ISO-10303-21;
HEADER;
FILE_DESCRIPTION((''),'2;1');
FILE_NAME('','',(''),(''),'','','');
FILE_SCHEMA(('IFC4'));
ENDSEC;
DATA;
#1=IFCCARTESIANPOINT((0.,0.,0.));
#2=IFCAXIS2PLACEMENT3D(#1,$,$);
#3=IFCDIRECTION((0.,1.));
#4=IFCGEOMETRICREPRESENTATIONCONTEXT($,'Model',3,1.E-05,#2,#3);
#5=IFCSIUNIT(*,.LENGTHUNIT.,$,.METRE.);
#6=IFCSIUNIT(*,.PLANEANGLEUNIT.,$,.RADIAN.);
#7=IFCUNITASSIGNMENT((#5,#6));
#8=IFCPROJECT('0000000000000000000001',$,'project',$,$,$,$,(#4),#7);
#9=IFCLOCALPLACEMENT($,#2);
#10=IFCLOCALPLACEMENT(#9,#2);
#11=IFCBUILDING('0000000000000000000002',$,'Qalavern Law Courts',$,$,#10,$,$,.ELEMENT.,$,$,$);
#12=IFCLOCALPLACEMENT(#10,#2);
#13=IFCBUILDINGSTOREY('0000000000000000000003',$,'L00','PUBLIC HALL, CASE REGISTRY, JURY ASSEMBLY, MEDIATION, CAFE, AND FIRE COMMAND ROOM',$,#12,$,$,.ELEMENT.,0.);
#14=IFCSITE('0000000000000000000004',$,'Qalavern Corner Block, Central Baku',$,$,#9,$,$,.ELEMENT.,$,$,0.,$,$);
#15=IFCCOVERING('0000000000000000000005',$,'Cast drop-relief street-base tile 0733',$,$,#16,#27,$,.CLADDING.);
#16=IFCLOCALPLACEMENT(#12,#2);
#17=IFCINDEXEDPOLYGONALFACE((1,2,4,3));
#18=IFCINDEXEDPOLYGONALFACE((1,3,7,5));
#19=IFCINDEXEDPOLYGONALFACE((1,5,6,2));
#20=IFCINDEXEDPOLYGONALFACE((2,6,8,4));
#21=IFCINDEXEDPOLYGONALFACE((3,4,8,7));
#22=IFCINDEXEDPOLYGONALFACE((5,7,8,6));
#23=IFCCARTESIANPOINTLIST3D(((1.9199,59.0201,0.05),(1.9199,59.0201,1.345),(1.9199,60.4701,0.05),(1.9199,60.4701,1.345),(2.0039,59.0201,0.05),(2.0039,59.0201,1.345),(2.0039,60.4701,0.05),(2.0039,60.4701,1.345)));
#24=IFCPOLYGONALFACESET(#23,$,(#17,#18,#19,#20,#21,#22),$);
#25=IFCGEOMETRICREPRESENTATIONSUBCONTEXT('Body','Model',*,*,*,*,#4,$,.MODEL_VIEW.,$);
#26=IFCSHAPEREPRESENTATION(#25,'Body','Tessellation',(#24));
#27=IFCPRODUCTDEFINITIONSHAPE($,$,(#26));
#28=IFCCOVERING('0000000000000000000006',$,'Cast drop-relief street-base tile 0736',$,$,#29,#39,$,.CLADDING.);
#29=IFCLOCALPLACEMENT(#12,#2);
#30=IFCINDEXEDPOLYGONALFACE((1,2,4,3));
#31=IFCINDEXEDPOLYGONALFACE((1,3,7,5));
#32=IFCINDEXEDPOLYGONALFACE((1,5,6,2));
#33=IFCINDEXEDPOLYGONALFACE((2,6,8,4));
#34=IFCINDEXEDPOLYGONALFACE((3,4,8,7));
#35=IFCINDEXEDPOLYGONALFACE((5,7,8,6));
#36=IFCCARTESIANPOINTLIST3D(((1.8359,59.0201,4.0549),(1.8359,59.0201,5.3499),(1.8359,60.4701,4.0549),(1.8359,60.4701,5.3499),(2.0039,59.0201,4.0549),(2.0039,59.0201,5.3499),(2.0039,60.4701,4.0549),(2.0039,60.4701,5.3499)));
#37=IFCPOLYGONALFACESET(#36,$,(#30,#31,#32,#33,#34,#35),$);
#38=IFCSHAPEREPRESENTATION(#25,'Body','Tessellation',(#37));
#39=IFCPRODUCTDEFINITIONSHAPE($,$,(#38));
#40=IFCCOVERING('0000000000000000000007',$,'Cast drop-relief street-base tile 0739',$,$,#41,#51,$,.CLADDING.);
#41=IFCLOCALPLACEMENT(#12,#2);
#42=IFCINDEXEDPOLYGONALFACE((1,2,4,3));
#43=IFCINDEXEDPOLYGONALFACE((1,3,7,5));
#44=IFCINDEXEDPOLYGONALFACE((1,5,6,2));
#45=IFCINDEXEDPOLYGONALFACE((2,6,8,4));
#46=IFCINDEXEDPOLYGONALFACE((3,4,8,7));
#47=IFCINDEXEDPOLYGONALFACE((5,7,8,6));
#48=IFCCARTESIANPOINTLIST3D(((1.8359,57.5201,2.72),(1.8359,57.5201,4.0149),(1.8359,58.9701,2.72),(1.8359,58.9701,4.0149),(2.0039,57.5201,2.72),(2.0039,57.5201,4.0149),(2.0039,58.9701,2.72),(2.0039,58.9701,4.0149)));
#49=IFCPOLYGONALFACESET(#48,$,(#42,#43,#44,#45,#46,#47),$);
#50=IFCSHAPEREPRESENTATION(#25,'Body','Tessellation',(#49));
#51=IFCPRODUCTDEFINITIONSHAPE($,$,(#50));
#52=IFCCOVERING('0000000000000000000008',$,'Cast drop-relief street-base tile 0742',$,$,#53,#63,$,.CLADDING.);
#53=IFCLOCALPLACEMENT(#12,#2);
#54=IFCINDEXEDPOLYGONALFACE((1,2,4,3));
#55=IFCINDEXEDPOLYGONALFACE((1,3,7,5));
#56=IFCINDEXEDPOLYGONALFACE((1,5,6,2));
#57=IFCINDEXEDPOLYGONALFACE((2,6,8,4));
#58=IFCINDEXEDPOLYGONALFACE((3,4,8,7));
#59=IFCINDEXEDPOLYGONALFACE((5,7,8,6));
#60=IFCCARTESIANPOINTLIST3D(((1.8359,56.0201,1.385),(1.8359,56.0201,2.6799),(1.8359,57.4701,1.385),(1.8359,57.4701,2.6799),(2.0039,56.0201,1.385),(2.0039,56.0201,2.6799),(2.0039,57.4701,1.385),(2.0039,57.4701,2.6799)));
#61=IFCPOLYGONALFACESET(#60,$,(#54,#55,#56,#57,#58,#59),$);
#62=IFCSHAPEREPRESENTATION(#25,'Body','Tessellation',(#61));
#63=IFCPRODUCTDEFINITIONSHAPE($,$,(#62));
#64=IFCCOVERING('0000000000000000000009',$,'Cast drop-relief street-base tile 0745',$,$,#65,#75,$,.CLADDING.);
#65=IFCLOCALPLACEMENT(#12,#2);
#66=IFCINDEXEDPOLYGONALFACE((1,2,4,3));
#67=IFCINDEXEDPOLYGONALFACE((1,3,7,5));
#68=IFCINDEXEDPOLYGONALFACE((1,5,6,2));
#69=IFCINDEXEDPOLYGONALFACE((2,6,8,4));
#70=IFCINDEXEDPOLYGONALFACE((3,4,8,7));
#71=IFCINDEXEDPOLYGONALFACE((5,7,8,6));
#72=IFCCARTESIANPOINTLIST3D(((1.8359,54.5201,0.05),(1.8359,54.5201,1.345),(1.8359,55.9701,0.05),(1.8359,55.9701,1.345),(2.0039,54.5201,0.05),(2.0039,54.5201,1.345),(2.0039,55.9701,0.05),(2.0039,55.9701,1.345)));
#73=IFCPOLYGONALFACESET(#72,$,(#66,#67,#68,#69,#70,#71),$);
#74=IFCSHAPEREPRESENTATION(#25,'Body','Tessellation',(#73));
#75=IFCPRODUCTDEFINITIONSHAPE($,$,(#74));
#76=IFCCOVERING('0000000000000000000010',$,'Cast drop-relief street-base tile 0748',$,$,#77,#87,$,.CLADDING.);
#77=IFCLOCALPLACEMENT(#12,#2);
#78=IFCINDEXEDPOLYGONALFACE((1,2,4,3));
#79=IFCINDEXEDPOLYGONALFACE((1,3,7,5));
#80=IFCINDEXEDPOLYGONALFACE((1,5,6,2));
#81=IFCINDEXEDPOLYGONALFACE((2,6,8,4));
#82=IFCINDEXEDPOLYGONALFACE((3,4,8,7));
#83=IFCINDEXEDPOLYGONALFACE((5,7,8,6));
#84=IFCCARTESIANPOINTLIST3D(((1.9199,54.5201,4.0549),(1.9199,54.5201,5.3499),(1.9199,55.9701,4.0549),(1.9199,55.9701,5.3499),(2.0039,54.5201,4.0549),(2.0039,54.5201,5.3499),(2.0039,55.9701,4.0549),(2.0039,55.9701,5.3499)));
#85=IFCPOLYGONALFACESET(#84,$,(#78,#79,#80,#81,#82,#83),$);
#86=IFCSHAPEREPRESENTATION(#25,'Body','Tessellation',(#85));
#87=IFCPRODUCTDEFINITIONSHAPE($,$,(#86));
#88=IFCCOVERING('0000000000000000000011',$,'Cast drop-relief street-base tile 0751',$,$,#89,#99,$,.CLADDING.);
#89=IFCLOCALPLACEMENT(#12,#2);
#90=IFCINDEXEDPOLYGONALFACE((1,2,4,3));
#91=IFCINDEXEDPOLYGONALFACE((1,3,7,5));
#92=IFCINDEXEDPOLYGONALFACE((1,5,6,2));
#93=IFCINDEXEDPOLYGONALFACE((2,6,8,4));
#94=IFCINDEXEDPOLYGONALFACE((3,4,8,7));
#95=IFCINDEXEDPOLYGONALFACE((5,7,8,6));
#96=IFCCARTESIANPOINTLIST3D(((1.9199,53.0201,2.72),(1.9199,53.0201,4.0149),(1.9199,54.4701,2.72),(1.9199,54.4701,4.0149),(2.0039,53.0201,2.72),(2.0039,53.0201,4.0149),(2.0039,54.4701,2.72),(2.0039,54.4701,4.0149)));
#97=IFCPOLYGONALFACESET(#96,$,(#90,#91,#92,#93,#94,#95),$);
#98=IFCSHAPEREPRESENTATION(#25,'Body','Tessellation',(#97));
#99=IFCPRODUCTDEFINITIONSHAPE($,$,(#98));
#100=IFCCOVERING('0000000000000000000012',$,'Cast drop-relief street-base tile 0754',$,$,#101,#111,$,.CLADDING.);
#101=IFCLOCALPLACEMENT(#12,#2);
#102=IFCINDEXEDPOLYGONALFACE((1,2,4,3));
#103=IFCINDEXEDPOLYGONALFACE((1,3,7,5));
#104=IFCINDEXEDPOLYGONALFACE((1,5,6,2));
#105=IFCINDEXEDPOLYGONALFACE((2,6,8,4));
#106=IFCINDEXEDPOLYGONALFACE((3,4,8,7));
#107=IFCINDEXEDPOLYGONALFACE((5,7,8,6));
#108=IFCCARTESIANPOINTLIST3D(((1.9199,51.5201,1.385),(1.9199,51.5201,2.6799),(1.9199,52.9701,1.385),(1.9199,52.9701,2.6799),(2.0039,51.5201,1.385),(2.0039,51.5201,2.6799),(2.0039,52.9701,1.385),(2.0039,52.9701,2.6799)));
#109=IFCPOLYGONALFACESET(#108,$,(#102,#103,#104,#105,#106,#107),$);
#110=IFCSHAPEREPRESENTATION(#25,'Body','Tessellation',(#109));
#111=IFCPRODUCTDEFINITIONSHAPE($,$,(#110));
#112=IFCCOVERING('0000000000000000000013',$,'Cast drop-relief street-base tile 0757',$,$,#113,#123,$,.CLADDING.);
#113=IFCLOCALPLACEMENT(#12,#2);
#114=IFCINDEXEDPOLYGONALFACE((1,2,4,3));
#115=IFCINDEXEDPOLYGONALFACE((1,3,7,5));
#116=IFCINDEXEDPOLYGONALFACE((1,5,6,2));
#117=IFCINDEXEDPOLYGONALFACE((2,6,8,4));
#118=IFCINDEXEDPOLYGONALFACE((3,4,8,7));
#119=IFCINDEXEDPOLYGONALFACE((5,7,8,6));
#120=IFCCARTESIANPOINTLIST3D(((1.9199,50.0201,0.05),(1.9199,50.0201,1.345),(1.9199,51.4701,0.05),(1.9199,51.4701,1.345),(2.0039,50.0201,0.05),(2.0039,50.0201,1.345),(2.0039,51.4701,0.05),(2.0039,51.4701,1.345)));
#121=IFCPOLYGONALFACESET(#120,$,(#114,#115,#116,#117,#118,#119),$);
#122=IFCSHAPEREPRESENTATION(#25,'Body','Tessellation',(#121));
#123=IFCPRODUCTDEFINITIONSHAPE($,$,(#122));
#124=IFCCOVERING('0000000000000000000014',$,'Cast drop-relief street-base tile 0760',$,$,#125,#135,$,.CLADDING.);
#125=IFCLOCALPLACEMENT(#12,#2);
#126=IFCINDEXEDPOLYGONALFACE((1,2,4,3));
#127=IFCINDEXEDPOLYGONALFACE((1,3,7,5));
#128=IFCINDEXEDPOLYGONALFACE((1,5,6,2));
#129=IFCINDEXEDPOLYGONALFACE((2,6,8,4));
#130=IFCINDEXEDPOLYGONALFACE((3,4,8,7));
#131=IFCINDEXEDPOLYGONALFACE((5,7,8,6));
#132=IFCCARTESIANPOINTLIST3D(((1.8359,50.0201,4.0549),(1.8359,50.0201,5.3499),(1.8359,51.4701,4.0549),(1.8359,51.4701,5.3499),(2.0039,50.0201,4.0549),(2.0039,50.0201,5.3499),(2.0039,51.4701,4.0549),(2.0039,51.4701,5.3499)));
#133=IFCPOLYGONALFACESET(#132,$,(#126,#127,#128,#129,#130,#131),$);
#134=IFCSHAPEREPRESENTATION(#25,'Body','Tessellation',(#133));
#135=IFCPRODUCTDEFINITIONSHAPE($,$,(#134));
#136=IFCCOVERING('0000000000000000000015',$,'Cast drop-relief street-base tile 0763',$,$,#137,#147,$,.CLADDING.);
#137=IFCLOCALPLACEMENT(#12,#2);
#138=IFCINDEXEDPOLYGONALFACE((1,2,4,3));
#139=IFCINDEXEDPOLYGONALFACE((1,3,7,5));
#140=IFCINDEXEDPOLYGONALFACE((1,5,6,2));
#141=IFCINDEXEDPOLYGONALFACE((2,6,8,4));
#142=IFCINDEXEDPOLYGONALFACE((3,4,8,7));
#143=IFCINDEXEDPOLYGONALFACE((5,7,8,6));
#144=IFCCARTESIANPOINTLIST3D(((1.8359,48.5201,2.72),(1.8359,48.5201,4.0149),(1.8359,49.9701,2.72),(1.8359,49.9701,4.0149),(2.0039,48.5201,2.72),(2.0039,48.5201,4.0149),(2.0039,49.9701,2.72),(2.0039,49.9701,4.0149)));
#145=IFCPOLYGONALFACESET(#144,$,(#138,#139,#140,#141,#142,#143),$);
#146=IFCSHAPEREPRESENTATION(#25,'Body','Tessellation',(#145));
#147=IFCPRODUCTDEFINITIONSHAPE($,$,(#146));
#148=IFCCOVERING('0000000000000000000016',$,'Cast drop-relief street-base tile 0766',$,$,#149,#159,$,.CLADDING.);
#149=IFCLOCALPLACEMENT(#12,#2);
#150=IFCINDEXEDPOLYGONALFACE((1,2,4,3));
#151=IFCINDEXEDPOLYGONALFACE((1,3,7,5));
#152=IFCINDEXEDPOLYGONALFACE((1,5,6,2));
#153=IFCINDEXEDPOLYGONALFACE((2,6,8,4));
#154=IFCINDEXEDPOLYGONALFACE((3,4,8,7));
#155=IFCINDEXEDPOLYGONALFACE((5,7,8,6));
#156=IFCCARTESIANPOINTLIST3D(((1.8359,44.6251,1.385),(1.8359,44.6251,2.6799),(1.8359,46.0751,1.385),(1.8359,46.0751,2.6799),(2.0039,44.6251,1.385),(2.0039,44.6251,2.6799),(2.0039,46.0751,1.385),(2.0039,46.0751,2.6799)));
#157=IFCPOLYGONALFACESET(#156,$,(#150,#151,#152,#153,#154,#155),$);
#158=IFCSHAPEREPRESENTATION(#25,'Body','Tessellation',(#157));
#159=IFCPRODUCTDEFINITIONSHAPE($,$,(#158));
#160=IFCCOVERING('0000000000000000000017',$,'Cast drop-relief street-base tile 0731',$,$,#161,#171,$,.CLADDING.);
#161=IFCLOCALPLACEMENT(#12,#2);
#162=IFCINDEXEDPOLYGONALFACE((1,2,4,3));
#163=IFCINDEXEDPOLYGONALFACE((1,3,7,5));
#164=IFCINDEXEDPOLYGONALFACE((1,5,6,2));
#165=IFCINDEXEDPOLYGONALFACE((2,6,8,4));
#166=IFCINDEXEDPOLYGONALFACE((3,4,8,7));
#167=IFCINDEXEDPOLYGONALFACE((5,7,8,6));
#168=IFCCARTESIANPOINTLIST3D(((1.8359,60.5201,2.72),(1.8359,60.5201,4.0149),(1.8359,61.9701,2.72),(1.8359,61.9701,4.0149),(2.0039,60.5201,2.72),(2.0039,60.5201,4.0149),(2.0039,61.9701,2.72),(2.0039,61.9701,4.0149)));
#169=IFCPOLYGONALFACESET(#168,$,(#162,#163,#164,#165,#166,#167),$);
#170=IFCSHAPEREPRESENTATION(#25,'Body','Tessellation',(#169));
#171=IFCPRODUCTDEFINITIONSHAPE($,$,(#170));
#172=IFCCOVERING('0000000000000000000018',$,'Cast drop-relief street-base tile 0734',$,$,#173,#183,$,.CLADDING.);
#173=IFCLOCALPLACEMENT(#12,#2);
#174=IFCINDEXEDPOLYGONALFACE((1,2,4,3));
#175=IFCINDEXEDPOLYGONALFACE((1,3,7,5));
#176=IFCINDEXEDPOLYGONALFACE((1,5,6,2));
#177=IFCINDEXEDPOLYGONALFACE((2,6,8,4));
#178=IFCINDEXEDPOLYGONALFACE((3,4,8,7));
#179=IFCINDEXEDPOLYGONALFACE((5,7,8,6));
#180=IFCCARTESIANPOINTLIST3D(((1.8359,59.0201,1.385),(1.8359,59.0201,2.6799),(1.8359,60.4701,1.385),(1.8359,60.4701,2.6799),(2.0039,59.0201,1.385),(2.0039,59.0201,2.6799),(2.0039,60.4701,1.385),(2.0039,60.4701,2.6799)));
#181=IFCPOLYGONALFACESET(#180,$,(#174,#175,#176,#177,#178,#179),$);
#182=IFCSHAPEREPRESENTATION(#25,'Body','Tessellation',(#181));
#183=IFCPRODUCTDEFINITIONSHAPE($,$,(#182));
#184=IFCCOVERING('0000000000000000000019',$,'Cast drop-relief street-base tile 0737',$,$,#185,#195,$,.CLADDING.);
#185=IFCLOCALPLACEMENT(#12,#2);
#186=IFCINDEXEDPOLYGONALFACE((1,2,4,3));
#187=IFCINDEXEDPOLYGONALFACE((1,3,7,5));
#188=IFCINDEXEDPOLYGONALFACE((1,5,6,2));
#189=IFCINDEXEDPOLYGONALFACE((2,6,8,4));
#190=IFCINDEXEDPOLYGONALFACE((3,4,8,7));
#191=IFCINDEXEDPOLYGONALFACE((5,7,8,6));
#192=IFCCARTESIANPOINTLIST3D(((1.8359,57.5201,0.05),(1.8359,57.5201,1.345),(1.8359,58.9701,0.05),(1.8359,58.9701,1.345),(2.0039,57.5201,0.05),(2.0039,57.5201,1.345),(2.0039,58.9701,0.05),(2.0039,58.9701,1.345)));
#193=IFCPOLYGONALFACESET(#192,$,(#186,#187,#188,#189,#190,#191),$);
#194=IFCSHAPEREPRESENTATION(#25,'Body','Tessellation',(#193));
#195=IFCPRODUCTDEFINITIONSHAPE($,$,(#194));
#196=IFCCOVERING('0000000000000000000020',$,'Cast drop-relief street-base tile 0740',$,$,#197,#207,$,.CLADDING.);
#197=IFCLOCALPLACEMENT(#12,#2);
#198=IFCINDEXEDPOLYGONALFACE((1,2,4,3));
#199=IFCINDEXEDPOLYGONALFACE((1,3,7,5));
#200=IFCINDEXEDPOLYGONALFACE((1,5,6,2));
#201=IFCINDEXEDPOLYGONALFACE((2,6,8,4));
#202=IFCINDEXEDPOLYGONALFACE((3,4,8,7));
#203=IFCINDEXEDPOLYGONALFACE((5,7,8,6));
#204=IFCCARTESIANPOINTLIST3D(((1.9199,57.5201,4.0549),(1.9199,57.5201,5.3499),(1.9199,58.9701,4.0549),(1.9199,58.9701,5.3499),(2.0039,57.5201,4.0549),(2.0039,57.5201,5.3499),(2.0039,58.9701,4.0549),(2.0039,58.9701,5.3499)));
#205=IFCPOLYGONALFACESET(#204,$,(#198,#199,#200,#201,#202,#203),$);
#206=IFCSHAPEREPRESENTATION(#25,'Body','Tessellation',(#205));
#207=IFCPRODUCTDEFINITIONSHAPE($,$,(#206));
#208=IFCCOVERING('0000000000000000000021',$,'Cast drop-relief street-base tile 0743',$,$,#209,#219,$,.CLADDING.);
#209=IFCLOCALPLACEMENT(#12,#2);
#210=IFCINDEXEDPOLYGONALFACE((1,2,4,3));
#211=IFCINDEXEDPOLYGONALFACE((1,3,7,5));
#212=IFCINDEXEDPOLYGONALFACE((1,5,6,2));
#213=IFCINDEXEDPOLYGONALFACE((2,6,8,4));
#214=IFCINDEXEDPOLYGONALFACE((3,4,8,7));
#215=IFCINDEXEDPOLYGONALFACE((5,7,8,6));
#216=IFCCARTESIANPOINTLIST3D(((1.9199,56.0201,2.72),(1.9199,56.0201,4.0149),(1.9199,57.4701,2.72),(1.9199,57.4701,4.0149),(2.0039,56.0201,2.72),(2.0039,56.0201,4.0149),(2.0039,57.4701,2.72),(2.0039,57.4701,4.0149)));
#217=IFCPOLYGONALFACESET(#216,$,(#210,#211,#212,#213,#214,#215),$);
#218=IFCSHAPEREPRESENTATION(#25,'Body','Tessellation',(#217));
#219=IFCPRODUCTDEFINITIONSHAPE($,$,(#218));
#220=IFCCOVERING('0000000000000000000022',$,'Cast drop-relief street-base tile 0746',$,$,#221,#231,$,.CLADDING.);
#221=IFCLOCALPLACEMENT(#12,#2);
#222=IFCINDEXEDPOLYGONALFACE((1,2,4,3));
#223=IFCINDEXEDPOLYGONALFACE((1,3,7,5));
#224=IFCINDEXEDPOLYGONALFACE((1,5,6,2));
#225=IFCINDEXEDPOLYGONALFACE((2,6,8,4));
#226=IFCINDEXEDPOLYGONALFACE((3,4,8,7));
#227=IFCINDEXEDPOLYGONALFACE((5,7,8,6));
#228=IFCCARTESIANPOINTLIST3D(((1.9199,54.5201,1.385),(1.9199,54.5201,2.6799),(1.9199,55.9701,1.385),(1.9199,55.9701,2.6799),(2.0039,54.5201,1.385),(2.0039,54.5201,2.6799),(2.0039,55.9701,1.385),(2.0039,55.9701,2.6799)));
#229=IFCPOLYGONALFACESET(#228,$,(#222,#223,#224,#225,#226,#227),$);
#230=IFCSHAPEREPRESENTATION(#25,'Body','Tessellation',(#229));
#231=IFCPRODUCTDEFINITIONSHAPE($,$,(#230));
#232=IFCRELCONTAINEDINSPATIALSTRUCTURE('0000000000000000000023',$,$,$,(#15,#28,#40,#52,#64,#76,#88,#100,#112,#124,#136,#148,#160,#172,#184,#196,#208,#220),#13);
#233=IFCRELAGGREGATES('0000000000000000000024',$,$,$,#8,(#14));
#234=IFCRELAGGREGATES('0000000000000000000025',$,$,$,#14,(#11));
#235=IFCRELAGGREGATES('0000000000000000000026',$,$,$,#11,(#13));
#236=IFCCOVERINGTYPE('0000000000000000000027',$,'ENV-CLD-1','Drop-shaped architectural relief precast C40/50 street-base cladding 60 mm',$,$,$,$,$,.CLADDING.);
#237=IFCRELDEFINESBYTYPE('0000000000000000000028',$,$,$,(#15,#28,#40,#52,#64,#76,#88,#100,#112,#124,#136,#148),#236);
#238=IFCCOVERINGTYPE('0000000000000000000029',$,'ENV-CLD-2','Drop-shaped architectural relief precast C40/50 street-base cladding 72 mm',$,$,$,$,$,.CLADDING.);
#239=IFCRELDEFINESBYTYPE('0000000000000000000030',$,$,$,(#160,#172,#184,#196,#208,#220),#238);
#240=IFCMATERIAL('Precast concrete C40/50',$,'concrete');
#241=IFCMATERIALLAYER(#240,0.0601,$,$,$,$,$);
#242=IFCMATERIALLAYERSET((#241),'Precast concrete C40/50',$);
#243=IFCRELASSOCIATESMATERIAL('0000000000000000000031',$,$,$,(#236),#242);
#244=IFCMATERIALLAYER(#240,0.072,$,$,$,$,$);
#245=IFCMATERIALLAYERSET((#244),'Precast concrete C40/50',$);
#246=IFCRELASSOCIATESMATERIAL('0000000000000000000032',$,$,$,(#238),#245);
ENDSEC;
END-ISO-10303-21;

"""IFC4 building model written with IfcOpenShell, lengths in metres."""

from ifc_helpers import new_model, si_unit, direction, frame, origin, origin_2d, place, context, subcontext, project, spatial, rectangle, extrude, material, layer, layer_set, type_object, element, save


model = new_model("IFC4")

# Units and contexts
model_context = context("Model", 3, precision=1e-05, world=origin(), true_north=direction((0.0, 1.0)))
body_context = subcontext(model_context, "Body", "Model", "MODEL_VIEW")
ifc_project = project(units=[si_unit("LENGTHUNIT", "METRE"), si_unit("PLANEANGLEUNIT", "RADIAN")], contexts=[model_context])

# Site, building, storey
site_placement = place(None, origin())
site = spatial("IfcSite", under=ifc_project, at=site_placement, Name="Qalavern Corner Block, Central Baku", CompositionType="ELEMENT", RefElevation=0.0)
building_placement = place(site_placement, origin())
building = spatial("IfcBuilding", under=site, at=building_placement, Name="Qalavern Law Courts", CompositionType="ELEMENT")
storey_placement = place(building_placement, origin())
storey = spatial("IfcBuildingStorey", under=building, at=storey_placement, Name="L00", Description="PUBLIC HALL, CASE REGISTRY, JURY ASSEMBLY, MEDIATION, CAFE, AND FIRE COMMAND ROOM", CompositionType="ELEMENT", Elevation=0.0)

# Coverings
ifc_material = material(Name="Precast concrete C40/50", Category="concrete")
ifc_layer_1 = layer(ifc_material, 0.0601)
ifc_layer_set_1 = layer_set([ifc_layer_1], Name="Precast concrete C40/50")
covering_type_1 = type_object("IfcCoveringType", Name="ENV-CLD-1", Description="Drop-shaped architectural relief precast C40/50 street-base cladding 60 mm", PredefinedType="CLADDING", material=ifc_layer_set_1)
covering_1_placement = place(storey_placement, frame((1.9619, 59.7451, 0.05), z_axis=(0.0, 0.0, 1.0), x_axis=(0.0, -1.0, 0.0)))
element("IfcCovering", 1, at=covering_1_placement, inside=storey, type_object=covering_type_1, Name="Cast drop-relief street-base tile 0733", PredefinedType="CLADDING", context=body_context, shape_type="SweptSolid", body=[
    extrude(rectangle(XDim=1.45, YDim=0.084, at=origin_2d()), origin(), (0.0, 0.0, 1.0), 1.2949),
])
for number, where, z_axis, x_axis, name in (
    (2, (1.9199, 59.7451, 4.0549), (0.0, 0.0, 1.0), (0.0, -1.0, 0.0), "Cast drop-relief street-base tile 0736"),
    (3, (1.9199, 58.2451, 2.72), (0.0, 0.0, 1.0), (0.0, -1.0, 0.0), "Cast drop-relief street-base tile 0739"),
    (4, (1.9199, 56.7451, 1.385), (0.0, 0.0, 1.0), (0.0, -1.0, 0.0), "Cast drop-relief street-base tile 0742"),
    (5, (1.9199, 55.2451, 0.05), (0.0, 0.0, 1.0), (0.0, -1.0, 0.0), "Cast drop-relief street-base tile 0745"),
):
    element("IfcCovering", number, at=place(storey_placement, frame(where, z_axis=z_axis, x_axis=x_axis)), inside=storey, type_object=covering_type_1, Name=name, PredefinedType="CLADDING", context=body_context, shape_type="SweptSolid", body=[
        extrude(rectangle(XDim=1.45, YDim=0.168, at=origin_2d()), origin(), (0.0, 0.0, 1.0), 1.2949),
    ])
for number, where, z_axis, x_axis, name in (
    (6, (1.9619, 55.2451, 4.0549), (0.0, 0.0, 1.0), (0.0, -1.0, 0.0), "Cast drop-relief street-base tile 0748"),
    (7, (1.9619, 53.7451, 2.72), (0.0, 0.0, 1.0), (0.0, -1.0, 0.0), "Cast drop-relief street-base tile 0751"),
    (8, (1.9619, 52.2451, 1.385), (0.0, 0.0, 1.0), (0.0, -1.0, 0.0), "Cast drop-relief street-base tile 0754"),
    (9, (1.9619, 50.7451, 0.05), (0.0, 0.0, 1.0), (0.0, -1.0, 0.0), "Cast drop-relief street-base tile 0757"),
):
    element("IfcCovering", number, at=place(storey_placement, frame(where, z_axis=z_axis, x_axis=x_axis)), inside=storey, type_object=covering_type_1, Name=name, PredefinedType="CLADDING", context=body_context, shape_type="SweptSolid", body=[
        extrude(rectangle(XDim=1.45, YDim=0.084, at=origin_2d()), origin(), (0.0, 0.0, 1.0), 1.2949),
    ])
for number, where, z_axis, x_axis, name in (
    (10, (1.9199, 50.7451, 4.0549), (0.0, 0.0, 1.0), (0.0, -1.0, 0.0), "Cast drop-relief street-base tile 0760"),
    (11, (1.9199, 49.2451, 2.72), (0.0, 0.0, 1.0), (0.0, -1.0, 0.0), "Cast drop-relief street-base tile 0763"),
    (12, (1.9199, 45.3501, 1.385), (0.0, 0.0, 1.0), (0.0, -1.0, 0.0), "Cast drop-relief street-base tile 0766"),
):
    element("IfcCovering", number, at=place(storey_placement, frame(where, z_axis=z_axis, x_axis=x_axis)), inside=storey, type_object=covering_type_1, Name=name, PredefinedType="CLADDING", context=body_context, shape_type="SweptSolid", body=[
        extrude(rectangle(XDim=1.45, YDim=0.168, at=origin_2d()), origin(), (0.0, 0.0, 1.0), 1.2949),
    ])
ifc_layer_2 = layer(ifc_material, 0.072)
ifc_layer_set_2 = layer_set([ifc_layer_2], Name="Precast concrete C40/50")
covering_type_2 = type_object("IfcCoveringType", Name="ENV-CLD-2", Description="Drop-shaped architectural relief precast C40/50 street-base cladding 72 mm", PredefinedType="CLADDING", material=ifc_layer_set_2)
for number, where, z_axis, x_axis, name in (
    (13, (1.9199, 61.2451, 2.72), (0.0, 0.0, 1.0), (0.0, -1.0, 0.0), "Cast drop-relief street-base tile 0731"),
    (14, (1.9199, 59.7451, 1.385), (0.0, 0.0, 1.0), (0.0, -1.0, 0.0), "Cast drop-relief street-base tile 0734"),
    (15, (1.9199, 58.2451, 0.05), (0.0, 0.0, 1.0), (0.0, -1.0, 0.0), "Cast drop-relief street-base tile 0737"),
):
    element("IfcCovering", number, at=place(storey_placement, frame(where, z_axis=z_axis, x_axis=x_axis)), inside=storey, type_object=covering_type_2, Name=name, PredefinedType="CLADDING", context=body_context, shape_type="SweptSolid", body=[
        extrude(rectangle(XDim=1.45, YDim=0.168, at=origin_2d()), origin(), (0.0, 0.0, 1.0), 1.2949),
    ])
for number, where, z_axis, x_axis, name in (
    (16, (1.9619, 58.2451, 4.0549), (0.0, 0.0, 1.0), (0.0, -1.0, 0.0), "Cast drop-relief street-base tile 0740"),
    (17, (1.9619, 56.7451, 2.72), (0.0, 0.0, 1.0), (0.0, -1.0, 0.0), "Cast drop-relief street-base tile 0743"),
    (18, (1.9619, 55.2451, 1.385), (0.0, 0.0, 1.0), (0.0, -1.0, 0.0), "Cast drop-relief street-base tile 0746"),
):
    element("IfcCovering", number, at=place(storey_placement, frame(where, z_axis=z_axis, x_axis=x_axis)), inside=storey, type_object=covering_type_2, Name=name, PredefinedType="CLADDING", context=body_context, shape_type="SweptSolid", body=[
        extrude(rectangle(XDim=1.45, YDim=0.084, at=origin_2d()), origin(), (0.0, 0.0, 1.0), 1.2949),
    ])

save(model, "model.ifc")
